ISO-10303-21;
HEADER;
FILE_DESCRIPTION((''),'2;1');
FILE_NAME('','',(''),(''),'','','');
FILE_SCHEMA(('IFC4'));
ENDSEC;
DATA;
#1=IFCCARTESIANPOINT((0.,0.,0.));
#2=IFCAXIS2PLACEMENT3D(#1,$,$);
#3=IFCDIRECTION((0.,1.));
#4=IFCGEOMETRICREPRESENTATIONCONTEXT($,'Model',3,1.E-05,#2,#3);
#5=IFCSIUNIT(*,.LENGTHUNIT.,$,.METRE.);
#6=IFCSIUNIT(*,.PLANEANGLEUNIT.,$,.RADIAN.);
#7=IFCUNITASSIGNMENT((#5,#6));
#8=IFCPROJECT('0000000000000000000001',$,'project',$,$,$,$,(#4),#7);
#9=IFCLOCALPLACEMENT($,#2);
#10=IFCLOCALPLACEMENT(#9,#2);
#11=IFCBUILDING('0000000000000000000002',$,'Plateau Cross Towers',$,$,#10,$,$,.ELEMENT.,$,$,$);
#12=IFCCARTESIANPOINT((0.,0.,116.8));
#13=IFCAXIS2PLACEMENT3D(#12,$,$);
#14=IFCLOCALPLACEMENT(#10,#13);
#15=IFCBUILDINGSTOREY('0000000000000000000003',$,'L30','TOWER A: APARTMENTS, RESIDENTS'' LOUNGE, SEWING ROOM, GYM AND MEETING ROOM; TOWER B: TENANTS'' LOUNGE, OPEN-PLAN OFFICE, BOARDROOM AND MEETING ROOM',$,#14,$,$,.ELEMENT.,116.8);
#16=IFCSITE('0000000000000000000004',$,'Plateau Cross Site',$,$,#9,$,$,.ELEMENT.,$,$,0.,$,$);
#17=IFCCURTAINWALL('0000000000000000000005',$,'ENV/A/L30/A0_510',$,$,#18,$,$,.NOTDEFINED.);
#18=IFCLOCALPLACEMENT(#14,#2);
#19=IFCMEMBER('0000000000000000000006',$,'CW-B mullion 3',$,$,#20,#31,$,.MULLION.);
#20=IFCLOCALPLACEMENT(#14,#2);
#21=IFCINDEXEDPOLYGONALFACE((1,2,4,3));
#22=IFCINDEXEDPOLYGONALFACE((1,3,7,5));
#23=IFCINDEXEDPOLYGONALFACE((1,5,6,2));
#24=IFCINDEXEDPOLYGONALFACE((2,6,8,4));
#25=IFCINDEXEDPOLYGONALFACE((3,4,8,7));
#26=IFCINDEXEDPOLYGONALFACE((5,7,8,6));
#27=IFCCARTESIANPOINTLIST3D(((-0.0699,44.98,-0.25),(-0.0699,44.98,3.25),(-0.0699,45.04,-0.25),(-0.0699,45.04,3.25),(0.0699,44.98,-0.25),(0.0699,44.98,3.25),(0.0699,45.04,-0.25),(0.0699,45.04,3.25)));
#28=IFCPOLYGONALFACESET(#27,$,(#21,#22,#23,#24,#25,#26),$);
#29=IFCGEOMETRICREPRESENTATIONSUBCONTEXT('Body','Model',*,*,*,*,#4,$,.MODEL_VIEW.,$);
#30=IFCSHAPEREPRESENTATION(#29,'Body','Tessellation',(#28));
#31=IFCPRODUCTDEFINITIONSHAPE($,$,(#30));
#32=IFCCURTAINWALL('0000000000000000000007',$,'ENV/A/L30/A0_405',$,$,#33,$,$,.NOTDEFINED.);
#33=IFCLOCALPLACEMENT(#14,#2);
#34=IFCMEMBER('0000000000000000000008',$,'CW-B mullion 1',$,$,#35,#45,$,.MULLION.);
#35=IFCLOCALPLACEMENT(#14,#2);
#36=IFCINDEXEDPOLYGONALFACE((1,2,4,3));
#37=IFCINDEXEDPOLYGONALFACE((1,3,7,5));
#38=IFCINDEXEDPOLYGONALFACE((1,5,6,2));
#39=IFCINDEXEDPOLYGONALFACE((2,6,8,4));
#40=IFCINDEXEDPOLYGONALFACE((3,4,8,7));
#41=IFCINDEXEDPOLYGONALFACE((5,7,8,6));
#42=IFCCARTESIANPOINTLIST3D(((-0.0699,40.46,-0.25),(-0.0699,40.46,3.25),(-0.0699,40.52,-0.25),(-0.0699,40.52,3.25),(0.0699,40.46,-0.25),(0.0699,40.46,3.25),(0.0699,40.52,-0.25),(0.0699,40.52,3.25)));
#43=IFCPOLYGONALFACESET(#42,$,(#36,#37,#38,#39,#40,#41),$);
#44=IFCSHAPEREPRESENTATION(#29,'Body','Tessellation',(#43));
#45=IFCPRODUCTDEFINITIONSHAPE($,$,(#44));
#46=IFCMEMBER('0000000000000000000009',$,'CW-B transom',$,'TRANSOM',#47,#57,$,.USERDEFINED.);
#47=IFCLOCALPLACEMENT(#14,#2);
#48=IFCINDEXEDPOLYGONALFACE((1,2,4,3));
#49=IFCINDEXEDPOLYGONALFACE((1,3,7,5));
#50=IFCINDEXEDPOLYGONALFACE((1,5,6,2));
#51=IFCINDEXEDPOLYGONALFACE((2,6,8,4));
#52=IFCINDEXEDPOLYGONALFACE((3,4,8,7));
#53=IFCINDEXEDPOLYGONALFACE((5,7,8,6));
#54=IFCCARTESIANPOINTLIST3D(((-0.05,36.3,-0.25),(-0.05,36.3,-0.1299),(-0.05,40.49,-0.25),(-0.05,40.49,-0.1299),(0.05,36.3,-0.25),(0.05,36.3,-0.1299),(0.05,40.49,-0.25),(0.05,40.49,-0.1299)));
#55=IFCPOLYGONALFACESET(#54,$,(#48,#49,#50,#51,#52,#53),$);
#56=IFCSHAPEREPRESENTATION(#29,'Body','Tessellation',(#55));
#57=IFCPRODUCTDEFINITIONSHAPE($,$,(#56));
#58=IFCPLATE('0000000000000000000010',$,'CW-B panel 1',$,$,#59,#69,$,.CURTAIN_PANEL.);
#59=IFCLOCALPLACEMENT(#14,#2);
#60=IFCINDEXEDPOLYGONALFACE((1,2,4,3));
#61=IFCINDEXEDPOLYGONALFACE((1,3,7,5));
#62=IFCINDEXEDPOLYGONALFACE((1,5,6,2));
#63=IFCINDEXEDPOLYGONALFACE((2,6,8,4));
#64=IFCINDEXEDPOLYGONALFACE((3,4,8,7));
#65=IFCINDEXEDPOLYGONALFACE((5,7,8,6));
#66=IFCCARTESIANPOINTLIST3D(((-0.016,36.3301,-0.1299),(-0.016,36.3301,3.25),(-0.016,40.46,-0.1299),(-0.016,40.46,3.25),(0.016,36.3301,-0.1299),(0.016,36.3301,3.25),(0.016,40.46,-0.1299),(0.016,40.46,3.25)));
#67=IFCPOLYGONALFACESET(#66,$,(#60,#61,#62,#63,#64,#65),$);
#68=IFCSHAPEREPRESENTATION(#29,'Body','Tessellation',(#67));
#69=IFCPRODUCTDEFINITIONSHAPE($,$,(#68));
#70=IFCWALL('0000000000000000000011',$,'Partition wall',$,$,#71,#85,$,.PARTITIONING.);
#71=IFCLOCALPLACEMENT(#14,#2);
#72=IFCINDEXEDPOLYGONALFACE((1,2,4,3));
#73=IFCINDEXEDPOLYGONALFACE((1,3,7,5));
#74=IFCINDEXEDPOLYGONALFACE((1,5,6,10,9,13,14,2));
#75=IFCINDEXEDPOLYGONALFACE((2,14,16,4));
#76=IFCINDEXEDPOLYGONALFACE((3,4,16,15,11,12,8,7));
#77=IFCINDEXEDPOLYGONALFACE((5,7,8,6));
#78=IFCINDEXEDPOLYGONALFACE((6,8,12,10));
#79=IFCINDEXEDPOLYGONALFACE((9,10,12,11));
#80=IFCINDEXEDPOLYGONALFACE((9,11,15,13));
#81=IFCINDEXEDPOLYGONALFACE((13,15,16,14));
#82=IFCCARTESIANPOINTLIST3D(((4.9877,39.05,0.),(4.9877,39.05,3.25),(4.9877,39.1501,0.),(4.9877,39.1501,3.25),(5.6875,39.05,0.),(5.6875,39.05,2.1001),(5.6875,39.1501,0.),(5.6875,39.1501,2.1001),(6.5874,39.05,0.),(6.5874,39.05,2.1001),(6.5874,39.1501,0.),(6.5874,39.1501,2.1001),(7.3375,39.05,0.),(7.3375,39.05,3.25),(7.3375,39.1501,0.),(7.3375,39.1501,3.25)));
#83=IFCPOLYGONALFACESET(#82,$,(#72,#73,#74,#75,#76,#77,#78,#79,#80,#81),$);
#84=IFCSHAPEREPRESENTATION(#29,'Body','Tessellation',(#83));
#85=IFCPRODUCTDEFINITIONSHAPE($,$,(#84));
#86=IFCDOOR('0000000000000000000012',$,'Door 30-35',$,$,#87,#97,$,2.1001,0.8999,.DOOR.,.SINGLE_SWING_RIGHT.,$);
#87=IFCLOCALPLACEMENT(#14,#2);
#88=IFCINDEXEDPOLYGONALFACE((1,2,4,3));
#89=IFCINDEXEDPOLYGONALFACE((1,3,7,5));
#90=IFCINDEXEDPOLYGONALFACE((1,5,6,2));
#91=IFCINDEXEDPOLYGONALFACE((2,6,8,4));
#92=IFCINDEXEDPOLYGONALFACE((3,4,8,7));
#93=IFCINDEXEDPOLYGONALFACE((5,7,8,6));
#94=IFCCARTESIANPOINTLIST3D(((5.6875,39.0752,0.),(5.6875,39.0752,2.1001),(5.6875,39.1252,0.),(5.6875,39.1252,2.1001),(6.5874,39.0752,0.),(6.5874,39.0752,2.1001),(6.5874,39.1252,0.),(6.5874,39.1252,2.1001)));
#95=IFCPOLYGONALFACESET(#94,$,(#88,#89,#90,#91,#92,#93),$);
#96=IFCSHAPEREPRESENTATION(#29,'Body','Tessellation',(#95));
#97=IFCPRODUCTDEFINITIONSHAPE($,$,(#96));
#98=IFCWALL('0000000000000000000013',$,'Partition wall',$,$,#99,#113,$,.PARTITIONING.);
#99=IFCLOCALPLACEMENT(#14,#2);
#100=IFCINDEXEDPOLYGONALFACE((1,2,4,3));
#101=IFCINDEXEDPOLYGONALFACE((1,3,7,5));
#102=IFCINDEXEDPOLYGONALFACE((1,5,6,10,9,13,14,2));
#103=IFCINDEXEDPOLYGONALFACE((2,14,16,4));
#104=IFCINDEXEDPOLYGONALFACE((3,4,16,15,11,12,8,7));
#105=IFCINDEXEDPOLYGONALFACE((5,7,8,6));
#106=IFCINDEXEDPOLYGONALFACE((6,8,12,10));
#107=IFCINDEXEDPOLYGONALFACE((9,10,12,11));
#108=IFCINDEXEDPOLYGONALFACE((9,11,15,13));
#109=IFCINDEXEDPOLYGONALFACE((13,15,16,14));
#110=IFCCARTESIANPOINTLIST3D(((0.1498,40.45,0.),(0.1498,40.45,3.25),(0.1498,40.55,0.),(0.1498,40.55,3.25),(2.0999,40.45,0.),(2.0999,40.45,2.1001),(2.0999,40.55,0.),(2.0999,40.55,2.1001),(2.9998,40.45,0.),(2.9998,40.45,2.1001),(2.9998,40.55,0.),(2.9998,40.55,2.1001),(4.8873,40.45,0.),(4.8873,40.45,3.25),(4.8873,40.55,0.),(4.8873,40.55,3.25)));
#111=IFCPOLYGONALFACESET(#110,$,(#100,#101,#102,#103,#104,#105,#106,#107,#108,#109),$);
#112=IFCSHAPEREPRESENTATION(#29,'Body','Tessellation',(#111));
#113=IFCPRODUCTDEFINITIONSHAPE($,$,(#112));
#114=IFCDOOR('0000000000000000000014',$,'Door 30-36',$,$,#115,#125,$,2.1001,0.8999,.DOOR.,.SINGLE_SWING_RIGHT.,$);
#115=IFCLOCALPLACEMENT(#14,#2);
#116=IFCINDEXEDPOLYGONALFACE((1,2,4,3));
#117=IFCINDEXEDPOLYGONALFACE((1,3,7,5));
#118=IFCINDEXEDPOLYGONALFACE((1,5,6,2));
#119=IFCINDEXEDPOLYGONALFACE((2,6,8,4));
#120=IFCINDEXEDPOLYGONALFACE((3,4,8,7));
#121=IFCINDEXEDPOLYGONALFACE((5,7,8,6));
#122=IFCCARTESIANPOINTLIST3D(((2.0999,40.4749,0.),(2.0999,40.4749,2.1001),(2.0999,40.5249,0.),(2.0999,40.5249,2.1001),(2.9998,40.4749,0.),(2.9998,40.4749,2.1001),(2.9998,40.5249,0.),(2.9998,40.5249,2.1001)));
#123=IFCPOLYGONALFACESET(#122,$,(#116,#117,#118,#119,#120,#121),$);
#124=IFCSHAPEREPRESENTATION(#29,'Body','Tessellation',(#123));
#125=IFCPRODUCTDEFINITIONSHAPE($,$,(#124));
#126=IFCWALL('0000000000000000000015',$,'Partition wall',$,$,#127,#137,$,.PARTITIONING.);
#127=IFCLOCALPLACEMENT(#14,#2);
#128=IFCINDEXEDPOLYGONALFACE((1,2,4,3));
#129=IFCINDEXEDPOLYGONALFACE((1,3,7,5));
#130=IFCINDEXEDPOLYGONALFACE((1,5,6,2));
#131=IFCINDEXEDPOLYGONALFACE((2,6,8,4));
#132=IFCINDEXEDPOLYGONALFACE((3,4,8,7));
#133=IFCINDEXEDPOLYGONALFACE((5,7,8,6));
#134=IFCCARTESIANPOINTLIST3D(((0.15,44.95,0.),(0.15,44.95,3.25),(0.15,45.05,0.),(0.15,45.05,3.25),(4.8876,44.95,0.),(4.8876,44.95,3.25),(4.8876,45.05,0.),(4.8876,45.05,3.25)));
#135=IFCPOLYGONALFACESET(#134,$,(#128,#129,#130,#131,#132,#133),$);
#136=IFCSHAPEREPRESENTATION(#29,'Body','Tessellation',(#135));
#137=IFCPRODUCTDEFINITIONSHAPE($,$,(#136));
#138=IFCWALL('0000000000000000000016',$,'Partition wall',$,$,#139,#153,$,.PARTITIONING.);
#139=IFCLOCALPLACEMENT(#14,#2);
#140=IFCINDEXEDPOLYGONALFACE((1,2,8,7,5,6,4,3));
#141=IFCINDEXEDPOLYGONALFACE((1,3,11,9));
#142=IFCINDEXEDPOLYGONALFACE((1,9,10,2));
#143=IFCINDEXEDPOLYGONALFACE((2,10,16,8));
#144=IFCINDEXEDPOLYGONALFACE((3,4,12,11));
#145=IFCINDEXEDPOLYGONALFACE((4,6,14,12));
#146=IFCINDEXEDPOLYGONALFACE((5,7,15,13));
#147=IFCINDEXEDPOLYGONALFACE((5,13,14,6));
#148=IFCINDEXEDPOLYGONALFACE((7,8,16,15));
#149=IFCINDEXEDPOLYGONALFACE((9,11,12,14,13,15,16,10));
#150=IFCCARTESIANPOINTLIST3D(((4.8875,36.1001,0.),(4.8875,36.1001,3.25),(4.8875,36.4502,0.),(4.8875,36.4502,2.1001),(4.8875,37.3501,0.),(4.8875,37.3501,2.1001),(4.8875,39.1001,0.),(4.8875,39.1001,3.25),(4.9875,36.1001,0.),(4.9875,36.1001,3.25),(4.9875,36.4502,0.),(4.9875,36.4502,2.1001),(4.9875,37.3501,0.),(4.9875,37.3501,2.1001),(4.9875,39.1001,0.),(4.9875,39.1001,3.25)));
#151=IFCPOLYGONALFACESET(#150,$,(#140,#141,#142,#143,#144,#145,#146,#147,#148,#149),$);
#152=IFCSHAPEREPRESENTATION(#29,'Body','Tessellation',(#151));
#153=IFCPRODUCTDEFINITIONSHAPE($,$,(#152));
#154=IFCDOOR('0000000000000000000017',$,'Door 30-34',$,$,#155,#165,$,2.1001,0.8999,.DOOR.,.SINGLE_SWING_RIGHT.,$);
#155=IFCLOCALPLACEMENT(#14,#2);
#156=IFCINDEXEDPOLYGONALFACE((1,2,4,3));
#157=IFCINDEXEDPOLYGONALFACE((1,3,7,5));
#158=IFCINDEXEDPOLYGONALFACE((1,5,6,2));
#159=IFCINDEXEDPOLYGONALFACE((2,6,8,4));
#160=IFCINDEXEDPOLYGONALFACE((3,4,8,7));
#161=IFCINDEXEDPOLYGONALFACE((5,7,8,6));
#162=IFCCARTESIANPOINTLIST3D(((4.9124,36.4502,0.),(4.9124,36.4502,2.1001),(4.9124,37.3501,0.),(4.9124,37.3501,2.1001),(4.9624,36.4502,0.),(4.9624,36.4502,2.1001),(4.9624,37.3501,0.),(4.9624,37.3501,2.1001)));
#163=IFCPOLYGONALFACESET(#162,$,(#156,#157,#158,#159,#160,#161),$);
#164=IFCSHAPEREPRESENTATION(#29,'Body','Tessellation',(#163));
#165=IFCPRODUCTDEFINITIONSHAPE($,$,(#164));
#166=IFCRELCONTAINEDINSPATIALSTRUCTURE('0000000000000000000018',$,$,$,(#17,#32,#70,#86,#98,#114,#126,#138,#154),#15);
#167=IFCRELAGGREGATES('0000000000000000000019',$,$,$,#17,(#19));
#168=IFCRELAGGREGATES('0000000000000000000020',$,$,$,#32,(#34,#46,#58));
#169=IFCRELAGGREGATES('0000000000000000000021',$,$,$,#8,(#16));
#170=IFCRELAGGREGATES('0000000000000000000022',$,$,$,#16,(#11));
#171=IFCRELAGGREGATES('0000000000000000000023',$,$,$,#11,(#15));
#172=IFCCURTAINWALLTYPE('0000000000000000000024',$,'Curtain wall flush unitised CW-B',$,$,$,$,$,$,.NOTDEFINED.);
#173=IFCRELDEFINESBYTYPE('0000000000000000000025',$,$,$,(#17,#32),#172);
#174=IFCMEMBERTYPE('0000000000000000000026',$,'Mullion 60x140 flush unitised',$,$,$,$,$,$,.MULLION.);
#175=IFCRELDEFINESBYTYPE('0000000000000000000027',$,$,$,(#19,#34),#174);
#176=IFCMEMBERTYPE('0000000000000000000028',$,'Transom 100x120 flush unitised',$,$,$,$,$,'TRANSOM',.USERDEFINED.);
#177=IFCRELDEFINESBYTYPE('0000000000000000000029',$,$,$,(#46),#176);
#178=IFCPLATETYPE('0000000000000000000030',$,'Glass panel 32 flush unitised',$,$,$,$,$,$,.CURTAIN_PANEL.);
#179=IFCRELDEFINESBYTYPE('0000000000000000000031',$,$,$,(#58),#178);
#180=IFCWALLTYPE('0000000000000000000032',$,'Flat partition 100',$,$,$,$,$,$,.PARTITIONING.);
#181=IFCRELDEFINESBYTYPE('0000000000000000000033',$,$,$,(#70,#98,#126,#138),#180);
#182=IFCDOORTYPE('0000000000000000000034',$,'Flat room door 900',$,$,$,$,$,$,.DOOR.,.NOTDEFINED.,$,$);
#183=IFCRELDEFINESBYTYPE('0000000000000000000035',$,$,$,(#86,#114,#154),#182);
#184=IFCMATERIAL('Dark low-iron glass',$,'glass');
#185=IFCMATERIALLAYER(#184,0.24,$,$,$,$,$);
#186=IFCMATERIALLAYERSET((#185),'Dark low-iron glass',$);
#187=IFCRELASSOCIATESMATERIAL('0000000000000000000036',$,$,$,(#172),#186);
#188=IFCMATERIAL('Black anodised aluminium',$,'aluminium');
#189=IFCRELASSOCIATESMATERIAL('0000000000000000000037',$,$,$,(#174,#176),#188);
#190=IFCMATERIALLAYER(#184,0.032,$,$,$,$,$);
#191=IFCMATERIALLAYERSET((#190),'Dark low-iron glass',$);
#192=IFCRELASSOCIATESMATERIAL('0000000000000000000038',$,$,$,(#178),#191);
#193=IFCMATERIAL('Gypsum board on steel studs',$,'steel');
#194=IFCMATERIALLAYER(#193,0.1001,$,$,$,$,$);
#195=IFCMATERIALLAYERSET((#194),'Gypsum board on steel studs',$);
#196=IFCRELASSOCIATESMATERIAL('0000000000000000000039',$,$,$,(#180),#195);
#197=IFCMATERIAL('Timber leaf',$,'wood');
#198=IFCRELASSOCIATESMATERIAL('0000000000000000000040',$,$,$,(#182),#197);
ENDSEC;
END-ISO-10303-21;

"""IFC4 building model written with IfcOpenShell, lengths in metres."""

from ifc_helpers import new_model, si_unit, direction, frame, frame_2d, origin, origin_2d, place, context, subcontext, project, spatial, rectangle, extrude, material, layer, layer_set, material_profile, profile_set, type_object, element, fill, aggregate, save


model = new_model("IFC4")

# Units and contexts
model_context = context("Model", 3, precision=1e-05, world=origin(), true_north=direction((0.0, 1.0)))
body_context = subcontext(model_context, "Body", "Model", "MODEL_VIEW")
ifc_project = project(units=[si_unit("LENGTHUNIT", "METRE"), si_unit("PLANEANGLEUNIT", "RADIAN")], contexts=[model_context])

# Site, building, storey
site_placement = place(None, origin())
site = spatial("IfcSite", under=ifc_project, at=site_placement, Name="Plateau Cross Site", CompositionType="ELEMENT", RefElevation=0.0)
building_placement = place(site_placement, origin())
building = spatial("IfcBuilding", under=site, at=building_placement, Name="Plateau Cross Towers", CompositionType="ELEMENT")
storey_placement = place(building_placement, frame((0.0, 0.0, 116.8)))
storey = spatial("IfcBuildingStorey", under=building, at=storey_placement, Name="L30", Description="TOWER A: APARTMENTS, RESIDENTS' LOUNGE, SEWING ROOM, GYM AND MEETING ROOM; TOWER B: TENANTS' LOUNGE, OPEN-PLAN OFFICE, BOARDROOM AND MEETING ROOM", CompositionType="ELEMENT", Elevation=116.8)

# Curtain wall, member
ifc_material_1 = material(Name="Dark low-iron glass", Category="glass")
ifc_layer_1 = layer(ifc_material_1, 0.24)
ifc_layer_set_1 = layer_set([ifc_layer_1], Name="Dark low-iron glass")
curtain_wall_type = type_object("IfcCurtainWallType", Name="Curtain wall flush unitised CW-B", PredefinedType="NOTDEFINED", material=ifc_layer_set_1)
curtain_wall_1_placement = place(storey_placement, origin())
curtain_wall_1 = element("IfcCurtainWall", 1, at=curtain_wall_1_placement, inside=storey, type_object=curtain_wall_type, Name="ENV/A/L30/A0_510", PredefinedType="NOTDEFINED")
ifc_material_2 = material(Name="Black anodised aluminium", Category="aluminium")
ifc_material_profile_1 = material_profile(ifc_material_2, rectangle(XDim=0.0601, YDim=0.1399, at=origin_2d()), Name="MULLION 60x140")
ifc_profile_set_1 = profile_set([ifc_material_profile_1], Name="Black anodised aluminium")
member_type_1 = type_object("IfcMemberType", Name="Mullion 60x140 flush unitised", PredefinedType="MULLION", material=ifc_profile_set_1)
member_1_placement = place(storey_placement, frame((0.0, 45.01, -0.25), z_axis=(0.0, 0.0, 1.0), x_axis=(0.0, -1.0, 0.0)))
member_1 = element("IfcMember", 2, at=member_1_placement, type_object=member_type_1, Name="CW-B mullion 3", PredefinedType="MULLION", context=body_context, shape_type="SweptSolid", body=[
    extrude(rectangle(XDim=0.0601, YDim=0.1399, at=origin_2d()), origin(), (0.0, 0.0, 1.0), 3.5),
])
aggregate(curtain_wall_1, [member_1])

# Curtain wall, members, plate
curtain_wall_2_placement = place(storey_placement, origin())
curtain_wall_2 = element("IfcCurtainWall", 3, at=curtain_wall_2_placement, inside=storey, type_object=curtain_wall_type, Name="ENV/A/L30/A0_405", PredefinedType="NOTDEFINED")
member_2_placement = place(storey_placement, frame((0.0, 40.49, -0.25), z_axis=(0.0, 0.0, 1.0), x_axis=(0.0, -1.0, 0.0)))
member_2 = element("IfcMember", 4, at=member_2_placement, type_object=member_type_1, Name="CW-B mullion 1", PredefinedType="MULLION", context=body_context, shape_type="SweptSolid", body=[
    extrude(rectangle(XDim=0.0601, YDim=0.1399, at=origin_2d()), origin(), (0.0, 0.0, 1.0), 3.5),
])
ifc_material_profile_2 = material_profile(ifc_material_2, rectangle(XDim=0.1001, YDim=0.1201, at=origin_2d()), Name="TRANSOM 100x120")
ifc_profile_set_2 = profile_set([ifc_material_profile_2], Name="Black anodised aluminium")
member_type_2 = type_object("IfcMemberType", Name="Transom 100x120 flush unitised", ElementType="TRANSOM", PredefinedType="USERDEFINED", material=ifc_profile_set_2)
member_3_placement = place(storey_placement, frame((0.0, 40.49, -0.1899), z_axis=(0.0, -1.0, 0.0), x_axis=(1.0, 0.0, 0.0)))
member_3 = element("IfcMember", 5, at=member_3_placement, type_object=member_type_2, Name="CW-B transom", ObjectType="TRANSOM", PredefinedType="USERDEFINED", context=body_context, shape_type="SweptSolid", body=[
    extrude(rectangle(XDim=0.1001, YDim=0.1201, at=origin_2d()), origin(), (0.0, 0.0, 1.0), 4.1899),
])
ifc_layer_2 = layer(ifc_material_1, 0.032)
ifc_layer_set_2 = layer_set([ifc_layer_2], Name="Dark low-iron glass")
plate_type = type_object("IfcPlateType", Name="Glass panel 32 flush unitised", PredefinedType="CURTAIN_PANEL", material=ifc_layer_set_2)
plate_placement = place(storey_placement, frame((0.0, 38.395, -0.1299), z_axis=(0.0, 0.0, 1.0), x_axis=(0.0, -1.0, 0.0)))
plate = element("IfcPlate", 6, at=plate_placement, type_object=plate_type, Name="CW-B panel 1", PredefinedType="CURTAIN_PANEL", context=body_context, shape_type="SweptSolid", body=[
    extrude(rectangle(XDim=4.1299, YDim=0.032, at=origin_2d()), origin(), (0.0, 0.0, 1.0), 3.3799),
])
aggregate(curtain_wall_2, [member_2, member_3, plate])

# Walls, openings, doors
ifc_material_3 = material(Name="Gypsum board on steel studs", Category="steel")
ifc_layer_3 = layer(ifc_material_3, 0.1001)
ifc_layer_set_3 = layer_set([ifc_layer_3], Name="Gypsum board on steel studs")
wall_type_1 = type_object("IfcWallType", Name="Flat partition 100", PredefinedType="PARTITIONING", material=ifc_layer_set_3)
wall_1_placement = place(storey_placement, frame((7.3374, 39.1001, 0.0), z_axis=(0.0, 0.0, 1.0), x_axis=(-1.0, 0.0, 0.0)))
wall_1 = element("IfcWall", 7, at=wall_1_placement, inside=storey, type_object=wall_type_1, Name="Partition wall", PredefinedType="PARTITIONING", context=body_context, shape_type="SweptSolid", body=[
    extrude(rectangle(XDim=2.3499, YDim=0.1001, at=frame_2d((1.1748, 0.0))), origin(), (0.0, 0.0, 1.0), 3.25),
])
opening_1_placement = place(wall_1_placement, frame((0.75, 0.0, 0.0)))
opening_1 = element("IfcOpeningElement", 8, at=opening_1_placement, cuts=wall_1, PredefinedType="OPENING", context=body_context, shape_type="SweptSolid", body=[
    extrude(rectangle(XDim=0.8999, YDim=2.1001, at=frame_2d((0.45, 1.05))), frame((0.0, 0.0601, 0.0), z_axis=(0.0, -1.0, 0.0), x_axis=(1.0, 0.0, 0.0)), (0.0, 0.0, 1.0), 0.1201),
])
ifc_material_4 = material(Name="Timber leaf", Category="wood")
door_type_1 = type_object("IfcDoorType", Name="Flat room door 900", OperationType="NOTDEFINED", PredefinedType="DOOR", material=ifc_material_4)
door_1_placement = place(opening_1_placement, origin())
door_1 = element("IfcDoor", 9, at=door_1_placement, inside=storey, type_object=door_type_1, Name="Door 30-35", OperationType="SINGLE_SWING_RIGHT", OverallHeight=2.1001, OverallWidth=0.8999, PredefinedType="DOOR", context=body_context, shape_type="SweptSolid", body=[
    extrude(rectangle(XDim=0.8999, YDim=2.1001, at=frame_2d((0.45, 1.05))), frame((0.0, 0.0249, 0.0), z_axis=(0.0, -1.0, 0.0), x_axis=(1.0, 0.0, 0.0)), (0.0, 0.0, 1.0), 0.05),
])
fill(opening_1, door_1)
wall_2_placement = place(storey_placement, frame((0.1499, 40.5, 0.0), z_axis=(0.0, 0.0, 1.0), x_axis=(1.0, 0.0, 0.0)))
wall_2 = element("IfcWall", 10, at=wall_2_placement, inside=storey, type_object=wall_type_1, Name="Partition wall", PredefinedType="PARTITIONING", context=body_context, shape_type="SweptSolid", body=[
    extrude(rectangle(XDim=4.7375, YDim=0.1001, at=frame_2d((2.3687, 0.0))), origin(), (0.0, 0.0, 1.0), 3.25),
])
opening_2_placement = place(wall_2_placement, frame((1.95, 0.0, 0.0)))
opening_2 = element("IfcOpeningElement", 11, at=opening_2_placement, cuts=wall_2, PredefinedType="OPENING", context=body_context, shape_type="SweptSolid", body=[
    extrude(rectangle(XDim=0.8999, YDim=2.1001, at=frame_2d((0.45, 1.05))), frame((0.0, 0.0601, 0.0), z_axis=(0.0, -1.0, 0.0), x_axis=(1.0, 0.0, 0.0)), (0.0, 0.0, 1.0), 0.1201),
])
door_2_placement = place(opening_2_placement, origin())
door_2 = element("IfcDoor", 12, at=door_2_placement, inside=storey, type_object=door_type_1, Name="Door 30-36", OperationType="SINGLE_SWING_RIGHT", OverallHeight=2.1001, OverallWidth=0.8999, PredefinedType="DOOR", context=body_context, shape_type="SweptSolid", body=[
    extrude(rectangle(XDim=0.8999, YDim=2.1001, at=frame_2d((0.45, 1.05))), frame((0.0, 0.0249, 0.0), z_axis=(0.0, -1.0, 0.0), x_axis=(1.0, 0.0, 0.0)), (0.0, 0.0, 1.0), 0.05),
])
fill(opening_2, door_2)

# Wall
wall_3_placement = place(storey_placement, frame((4.8875, 45.0, 0.0), z_axis=(0.0, 0.0, 1.0), x_axis=(-1.0, 0.0, 0.0)))
element("IfcWall", 13, at=wall_3_placement, inside=storey, type_object=wall_type_1, Name="Partition wall", PredefinedType="PARTITIONING", context=body_context, shape_type="SweptSolid", body=[
    extrude(rectangle(XDim=4.7375, YDim=0.1001, at=frame_2d((2.3687, 0.0))), origin(), (0.0, 0.0, 1.0), 3.25),
])

# Wall, opening, door
wall_4_placement = place(storey_placement, frame((4.9375, 39.1001, 0.0), z_axis=(0.0, 0.0, 1.0), x_axis=(0.0, -1.0, 0.0)))
wall_4 = element("IfcWall", 14, at=wall_4_placement, inside=storey, type_object=wall_type_1, Name="Partition wall", PredefinedType="PARTITIONING", context=body_context, shape_type="SweptSolid", body=[
    extrude(rectangle(XDim=3.0, YDim=0.1001, at=frame_2d((1.5, 0.0))), origin(), (0.0, 0.0, 1.0), 3.25),
])
opening_3_placement = place(wall_4_placement, frame((1.75, 0.0, 0.0)))
opening_3 = element("IfcOpeningElement", 15, at=opening_3_placement, cuts=wall_4, PredefinedType="OPENING", context=body_context, shape_type="SweptSolid", body=[
    extrude(rectangle(XDim=0.8999, YDim=2.1001, at=frame_2d((0.45, 1.05))), frame((0.0, 0.0601, 0.0), z_axis=(0.0, -1.0, 0.0), x_axis=(1.0, 0.0, 0.0)), (0.0, 0.0, 1.0), 0.1201),
])
door_3_placement = place(opening_3_placement, origin())
door_3 = element("IfcDoor", 16, at=door_3_placement, inside=storey, type_object=door_type_1, Name="Door 30-34", OperationType="SINGLE_SWING_RIGHT", OverallHeight=2.1001, OverallWidth=0.8999, PredefinedType="DOOR", context=body_context, shape_type="SweptSolid", body=[
    extrude(rectangle(XDim=0.8999, YDim=2.1001, at=frame_2d((0.45, 1.05))), frame((0.0, 0.0249, 0.0), z_axis=(0.0, -1.0, 0.0), x_axis=(1.0, 0.0, 0.0)), (0.0, 0.0, 1.0), 0.05),
])
fill(opening_3, door_3)

save(model, "model.ifc")
